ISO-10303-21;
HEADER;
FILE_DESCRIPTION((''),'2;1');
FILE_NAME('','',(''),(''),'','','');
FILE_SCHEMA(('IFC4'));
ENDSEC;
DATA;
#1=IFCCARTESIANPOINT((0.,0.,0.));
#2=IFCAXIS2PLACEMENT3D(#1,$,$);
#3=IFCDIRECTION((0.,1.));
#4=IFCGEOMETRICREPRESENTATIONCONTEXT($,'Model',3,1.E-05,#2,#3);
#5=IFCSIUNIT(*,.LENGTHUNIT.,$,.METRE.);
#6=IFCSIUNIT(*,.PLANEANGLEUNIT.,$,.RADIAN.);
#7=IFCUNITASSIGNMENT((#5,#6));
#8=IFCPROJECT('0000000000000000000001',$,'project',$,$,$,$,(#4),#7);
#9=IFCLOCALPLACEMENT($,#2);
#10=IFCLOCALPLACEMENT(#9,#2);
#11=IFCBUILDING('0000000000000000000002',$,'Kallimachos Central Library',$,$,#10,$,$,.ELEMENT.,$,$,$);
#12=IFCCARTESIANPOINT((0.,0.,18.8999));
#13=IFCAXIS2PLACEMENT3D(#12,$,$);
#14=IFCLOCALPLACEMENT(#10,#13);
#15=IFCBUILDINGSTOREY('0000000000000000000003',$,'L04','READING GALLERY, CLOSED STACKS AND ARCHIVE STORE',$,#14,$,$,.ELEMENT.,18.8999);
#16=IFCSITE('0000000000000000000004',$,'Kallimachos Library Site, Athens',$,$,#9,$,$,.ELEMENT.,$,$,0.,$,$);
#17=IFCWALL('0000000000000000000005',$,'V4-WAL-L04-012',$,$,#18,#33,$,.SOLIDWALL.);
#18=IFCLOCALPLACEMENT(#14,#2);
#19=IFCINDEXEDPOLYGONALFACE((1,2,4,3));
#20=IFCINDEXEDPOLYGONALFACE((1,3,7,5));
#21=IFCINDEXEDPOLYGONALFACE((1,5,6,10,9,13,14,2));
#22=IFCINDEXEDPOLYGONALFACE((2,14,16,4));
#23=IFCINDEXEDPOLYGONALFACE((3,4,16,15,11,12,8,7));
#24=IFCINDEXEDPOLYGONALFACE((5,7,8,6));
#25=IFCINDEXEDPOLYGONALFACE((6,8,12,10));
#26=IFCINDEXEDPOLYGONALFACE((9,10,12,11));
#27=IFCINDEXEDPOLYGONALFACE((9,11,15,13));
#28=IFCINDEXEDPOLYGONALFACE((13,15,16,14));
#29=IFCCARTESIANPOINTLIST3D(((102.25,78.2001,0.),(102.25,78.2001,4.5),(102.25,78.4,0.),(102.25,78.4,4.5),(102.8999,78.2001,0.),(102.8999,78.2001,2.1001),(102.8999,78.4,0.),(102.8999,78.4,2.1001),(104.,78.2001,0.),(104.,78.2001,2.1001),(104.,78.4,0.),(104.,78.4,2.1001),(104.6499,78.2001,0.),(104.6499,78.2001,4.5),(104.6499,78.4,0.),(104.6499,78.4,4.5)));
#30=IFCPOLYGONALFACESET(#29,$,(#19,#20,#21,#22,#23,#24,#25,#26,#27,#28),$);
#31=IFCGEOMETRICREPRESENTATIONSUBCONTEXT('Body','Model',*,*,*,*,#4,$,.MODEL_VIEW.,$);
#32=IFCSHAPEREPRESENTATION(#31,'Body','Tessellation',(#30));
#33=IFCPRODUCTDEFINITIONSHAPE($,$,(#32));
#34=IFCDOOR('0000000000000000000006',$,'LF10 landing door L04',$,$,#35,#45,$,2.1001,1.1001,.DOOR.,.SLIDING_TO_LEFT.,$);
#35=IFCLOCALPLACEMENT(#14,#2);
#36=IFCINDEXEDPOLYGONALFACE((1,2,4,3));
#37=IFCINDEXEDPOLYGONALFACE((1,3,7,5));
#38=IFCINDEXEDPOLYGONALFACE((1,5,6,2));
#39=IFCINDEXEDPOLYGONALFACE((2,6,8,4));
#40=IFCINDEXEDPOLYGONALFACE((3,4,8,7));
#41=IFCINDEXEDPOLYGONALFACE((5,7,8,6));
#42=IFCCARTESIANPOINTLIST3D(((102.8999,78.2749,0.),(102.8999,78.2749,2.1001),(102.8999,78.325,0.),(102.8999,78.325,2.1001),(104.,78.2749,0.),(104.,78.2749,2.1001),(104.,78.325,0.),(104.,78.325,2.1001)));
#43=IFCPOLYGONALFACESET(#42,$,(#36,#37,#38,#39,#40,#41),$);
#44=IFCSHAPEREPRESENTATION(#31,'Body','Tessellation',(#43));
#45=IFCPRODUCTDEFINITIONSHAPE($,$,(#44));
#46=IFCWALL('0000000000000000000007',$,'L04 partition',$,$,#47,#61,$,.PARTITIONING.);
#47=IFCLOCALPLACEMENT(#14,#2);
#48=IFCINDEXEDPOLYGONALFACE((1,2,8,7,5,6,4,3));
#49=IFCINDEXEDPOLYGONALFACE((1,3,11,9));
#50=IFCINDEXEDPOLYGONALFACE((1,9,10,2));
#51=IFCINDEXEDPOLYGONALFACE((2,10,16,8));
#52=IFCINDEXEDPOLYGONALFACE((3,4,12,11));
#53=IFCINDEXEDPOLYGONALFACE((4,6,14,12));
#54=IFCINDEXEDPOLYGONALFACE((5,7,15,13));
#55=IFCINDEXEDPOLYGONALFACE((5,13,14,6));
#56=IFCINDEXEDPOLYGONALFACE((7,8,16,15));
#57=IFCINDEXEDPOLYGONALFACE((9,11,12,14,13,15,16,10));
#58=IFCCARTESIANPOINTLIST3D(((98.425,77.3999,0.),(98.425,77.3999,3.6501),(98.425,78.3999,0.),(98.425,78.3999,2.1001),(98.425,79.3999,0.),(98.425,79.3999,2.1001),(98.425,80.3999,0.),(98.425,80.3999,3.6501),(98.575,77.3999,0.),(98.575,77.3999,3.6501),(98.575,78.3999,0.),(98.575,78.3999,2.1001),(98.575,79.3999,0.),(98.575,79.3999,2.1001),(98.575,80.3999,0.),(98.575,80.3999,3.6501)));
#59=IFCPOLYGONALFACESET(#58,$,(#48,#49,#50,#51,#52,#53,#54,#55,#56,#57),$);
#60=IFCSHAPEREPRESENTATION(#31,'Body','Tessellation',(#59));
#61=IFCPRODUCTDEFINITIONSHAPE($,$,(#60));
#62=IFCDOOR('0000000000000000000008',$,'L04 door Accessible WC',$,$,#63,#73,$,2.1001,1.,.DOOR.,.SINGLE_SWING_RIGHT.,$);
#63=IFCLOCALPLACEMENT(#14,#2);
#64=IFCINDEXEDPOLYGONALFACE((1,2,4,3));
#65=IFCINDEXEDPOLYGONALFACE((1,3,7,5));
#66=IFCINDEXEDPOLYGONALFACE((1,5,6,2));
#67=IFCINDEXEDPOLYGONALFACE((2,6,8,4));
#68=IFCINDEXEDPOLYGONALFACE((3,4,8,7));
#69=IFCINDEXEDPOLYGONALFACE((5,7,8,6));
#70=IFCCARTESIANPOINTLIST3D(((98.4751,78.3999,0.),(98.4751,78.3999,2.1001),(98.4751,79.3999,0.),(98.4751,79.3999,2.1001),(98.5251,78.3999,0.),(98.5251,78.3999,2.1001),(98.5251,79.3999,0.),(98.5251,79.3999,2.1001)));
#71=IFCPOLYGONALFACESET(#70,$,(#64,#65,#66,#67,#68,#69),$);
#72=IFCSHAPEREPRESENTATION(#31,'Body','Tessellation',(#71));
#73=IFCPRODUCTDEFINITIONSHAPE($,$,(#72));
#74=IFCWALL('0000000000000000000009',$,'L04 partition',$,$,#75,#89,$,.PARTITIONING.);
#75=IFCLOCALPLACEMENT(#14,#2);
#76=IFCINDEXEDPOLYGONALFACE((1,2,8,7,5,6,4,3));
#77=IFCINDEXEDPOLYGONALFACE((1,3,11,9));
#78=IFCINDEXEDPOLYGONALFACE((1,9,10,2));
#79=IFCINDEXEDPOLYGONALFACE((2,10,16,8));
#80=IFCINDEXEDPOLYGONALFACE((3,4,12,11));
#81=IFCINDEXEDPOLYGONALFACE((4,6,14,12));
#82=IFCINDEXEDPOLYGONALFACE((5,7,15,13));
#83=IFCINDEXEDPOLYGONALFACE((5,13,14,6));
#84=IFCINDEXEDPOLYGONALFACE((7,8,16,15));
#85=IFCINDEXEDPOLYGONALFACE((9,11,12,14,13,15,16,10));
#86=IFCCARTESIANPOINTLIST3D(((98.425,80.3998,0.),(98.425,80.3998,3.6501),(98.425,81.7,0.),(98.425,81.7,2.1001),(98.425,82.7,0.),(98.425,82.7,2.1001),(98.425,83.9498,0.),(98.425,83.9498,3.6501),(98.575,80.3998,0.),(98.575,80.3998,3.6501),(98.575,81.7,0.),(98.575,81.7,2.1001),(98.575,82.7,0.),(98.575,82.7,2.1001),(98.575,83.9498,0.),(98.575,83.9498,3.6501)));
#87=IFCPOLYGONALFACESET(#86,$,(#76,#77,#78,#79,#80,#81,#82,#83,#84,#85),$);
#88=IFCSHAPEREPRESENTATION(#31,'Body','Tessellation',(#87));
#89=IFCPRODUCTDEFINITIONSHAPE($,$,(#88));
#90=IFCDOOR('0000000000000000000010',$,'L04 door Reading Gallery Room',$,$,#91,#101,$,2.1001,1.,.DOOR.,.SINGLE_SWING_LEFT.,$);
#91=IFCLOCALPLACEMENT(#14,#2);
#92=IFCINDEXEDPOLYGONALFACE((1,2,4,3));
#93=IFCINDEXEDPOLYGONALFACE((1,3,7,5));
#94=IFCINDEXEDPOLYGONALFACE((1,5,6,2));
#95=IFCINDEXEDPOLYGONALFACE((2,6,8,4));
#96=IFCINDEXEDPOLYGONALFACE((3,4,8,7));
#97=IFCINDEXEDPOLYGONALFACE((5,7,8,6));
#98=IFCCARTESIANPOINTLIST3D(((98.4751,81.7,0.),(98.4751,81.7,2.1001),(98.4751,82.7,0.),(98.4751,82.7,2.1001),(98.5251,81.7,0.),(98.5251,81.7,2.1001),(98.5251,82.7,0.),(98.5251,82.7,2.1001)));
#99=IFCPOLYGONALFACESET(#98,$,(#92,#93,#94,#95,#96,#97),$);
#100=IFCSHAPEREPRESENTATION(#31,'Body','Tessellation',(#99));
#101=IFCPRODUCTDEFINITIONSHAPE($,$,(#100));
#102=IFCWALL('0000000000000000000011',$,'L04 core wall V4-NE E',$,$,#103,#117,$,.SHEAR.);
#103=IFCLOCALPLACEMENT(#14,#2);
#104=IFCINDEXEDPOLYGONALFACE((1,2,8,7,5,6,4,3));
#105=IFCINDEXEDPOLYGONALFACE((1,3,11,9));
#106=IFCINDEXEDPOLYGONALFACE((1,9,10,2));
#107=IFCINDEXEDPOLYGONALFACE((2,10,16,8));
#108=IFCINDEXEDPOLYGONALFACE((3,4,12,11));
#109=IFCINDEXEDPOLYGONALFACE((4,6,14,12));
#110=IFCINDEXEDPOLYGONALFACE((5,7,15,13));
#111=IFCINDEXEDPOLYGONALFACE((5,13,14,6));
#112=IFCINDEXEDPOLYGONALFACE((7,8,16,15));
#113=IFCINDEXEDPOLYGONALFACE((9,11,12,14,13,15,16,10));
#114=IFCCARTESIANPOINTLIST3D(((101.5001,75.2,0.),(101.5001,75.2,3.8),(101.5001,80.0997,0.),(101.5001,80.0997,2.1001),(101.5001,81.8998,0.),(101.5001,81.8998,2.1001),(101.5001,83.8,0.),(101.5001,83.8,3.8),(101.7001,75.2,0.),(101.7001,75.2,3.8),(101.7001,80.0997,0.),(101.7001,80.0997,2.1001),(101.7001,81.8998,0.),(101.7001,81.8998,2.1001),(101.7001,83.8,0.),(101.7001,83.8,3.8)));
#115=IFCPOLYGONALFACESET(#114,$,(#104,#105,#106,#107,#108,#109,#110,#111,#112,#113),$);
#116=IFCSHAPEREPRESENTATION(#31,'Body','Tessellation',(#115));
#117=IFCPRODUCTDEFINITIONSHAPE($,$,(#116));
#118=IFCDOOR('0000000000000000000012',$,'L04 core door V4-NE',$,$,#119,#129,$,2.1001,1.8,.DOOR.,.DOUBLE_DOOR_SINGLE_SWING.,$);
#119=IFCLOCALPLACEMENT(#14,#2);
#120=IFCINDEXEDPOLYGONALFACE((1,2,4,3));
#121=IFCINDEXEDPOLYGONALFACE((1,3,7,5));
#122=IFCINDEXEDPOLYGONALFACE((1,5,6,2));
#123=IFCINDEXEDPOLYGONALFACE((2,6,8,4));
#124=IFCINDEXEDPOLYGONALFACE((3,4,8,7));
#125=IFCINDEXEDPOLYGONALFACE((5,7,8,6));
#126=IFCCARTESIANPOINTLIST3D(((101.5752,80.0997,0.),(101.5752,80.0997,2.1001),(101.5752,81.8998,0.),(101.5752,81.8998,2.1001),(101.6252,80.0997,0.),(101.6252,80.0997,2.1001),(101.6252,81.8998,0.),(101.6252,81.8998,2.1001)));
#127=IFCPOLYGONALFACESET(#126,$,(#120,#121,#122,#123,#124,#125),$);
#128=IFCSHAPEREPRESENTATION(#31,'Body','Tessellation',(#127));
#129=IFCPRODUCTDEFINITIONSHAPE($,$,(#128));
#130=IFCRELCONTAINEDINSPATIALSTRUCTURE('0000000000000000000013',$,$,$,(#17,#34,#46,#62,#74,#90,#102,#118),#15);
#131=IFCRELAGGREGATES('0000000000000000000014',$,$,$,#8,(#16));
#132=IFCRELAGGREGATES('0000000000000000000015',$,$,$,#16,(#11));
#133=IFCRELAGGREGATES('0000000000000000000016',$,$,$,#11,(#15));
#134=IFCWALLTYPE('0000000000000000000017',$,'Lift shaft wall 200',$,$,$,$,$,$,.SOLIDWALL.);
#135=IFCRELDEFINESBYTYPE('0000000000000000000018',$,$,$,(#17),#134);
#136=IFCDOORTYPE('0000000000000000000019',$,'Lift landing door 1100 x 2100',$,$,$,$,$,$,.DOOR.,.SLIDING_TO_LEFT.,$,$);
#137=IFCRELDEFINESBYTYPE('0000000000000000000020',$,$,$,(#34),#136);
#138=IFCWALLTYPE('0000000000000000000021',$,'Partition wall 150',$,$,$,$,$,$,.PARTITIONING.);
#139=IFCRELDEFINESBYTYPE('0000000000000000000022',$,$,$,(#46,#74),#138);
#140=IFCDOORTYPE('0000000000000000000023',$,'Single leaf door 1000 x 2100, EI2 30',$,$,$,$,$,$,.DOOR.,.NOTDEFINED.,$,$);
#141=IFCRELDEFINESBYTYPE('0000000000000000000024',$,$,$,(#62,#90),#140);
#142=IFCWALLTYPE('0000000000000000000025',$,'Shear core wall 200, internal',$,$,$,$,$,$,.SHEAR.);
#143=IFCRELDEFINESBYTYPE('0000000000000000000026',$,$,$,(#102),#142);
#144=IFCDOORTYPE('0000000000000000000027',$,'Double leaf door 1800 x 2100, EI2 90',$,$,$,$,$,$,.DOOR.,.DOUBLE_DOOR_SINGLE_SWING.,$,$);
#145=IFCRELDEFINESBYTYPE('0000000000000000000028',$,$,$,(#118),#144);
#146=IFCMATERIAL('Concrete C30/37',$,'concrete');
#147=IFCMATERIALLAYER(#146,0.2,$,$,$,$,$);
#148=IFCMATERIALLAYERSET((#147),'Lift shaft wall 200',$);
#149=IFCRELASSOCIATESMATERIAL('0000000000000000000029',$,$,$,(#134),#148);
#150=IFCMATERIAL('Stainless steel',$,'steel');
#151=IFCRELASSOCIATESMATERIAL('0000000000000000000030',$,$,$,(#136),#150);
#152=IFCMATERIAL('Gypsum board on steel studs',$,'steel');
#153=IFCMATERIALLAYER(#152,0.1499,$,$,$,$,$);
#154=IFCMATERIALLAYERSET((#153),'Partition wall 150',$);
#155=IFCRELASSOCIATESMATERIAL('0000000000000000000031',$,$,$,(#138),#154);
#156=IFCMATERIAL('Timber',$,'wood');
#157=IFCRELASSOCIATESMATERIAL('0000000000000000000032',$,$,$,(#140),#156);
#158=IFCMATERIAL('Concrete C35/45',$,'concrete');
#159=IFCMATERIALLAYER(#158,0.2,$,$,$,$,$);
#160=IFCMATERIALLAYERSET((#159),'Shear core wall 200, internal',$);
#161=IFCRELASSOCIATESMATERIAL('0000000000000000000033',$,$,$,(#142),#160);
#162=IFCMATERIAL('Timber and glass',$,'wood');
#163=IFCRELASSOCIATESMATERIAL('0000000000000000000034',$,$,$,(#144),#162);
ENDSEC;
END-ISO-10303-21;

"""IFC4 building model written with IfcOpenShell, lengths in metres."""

from ifc_helpers import new_model, si_unit, direction, frame, frame_2d, origin, place, context, subcontext, project, spatial, rectangle, extrude, material, layer, layer_set, type_object, element, fill, save


model = new_model("IFC4")

# Units and contexts
model_context = context("Model", 3, precision=1e-05, world=origin(), true_north=direction((0.0, 1.0)))
body_context = subcontext(model_context, "Body", "Model", "MODEL_VIEW")
ifc_project = project(units=[si_unit("LENGTHUNIT", "METRE"), si_unit("PLANEANGLEUNIT", "RADIAN")], contexts=[model_context])

# Site, building, storey
site_placement = place(None, origin())
site = spatial("IfcSite", under=ifc_project, at=site_placement, Name="Kallimachos Library Site, Athens", CompositionType="ELEMENT", RefElevation=0.0)
building_placement = place(site_placement, origin())
building = spatial("IfcBuilding", under=site, at=building_placement, Name="Kallimachos Central Library", CompositionType="ELEMENT")
storey_placement = place(building_placement, frame((0.0, 0.0, 18.8999)))
storey = spatial("IfcBuildingStorey", under=building, at=storey_placement, Name="L04", Description="READING GALLERY, CLOSED STACKS AND ARCHIVE STORE", CompositionType="ELEMENT", Elevation=18.8999)

# Walls, openings, doors
ifc_material_1 = material(Name="Concrete C30/37", Category="concrete")
ifc_layer_1 = layer(ifc_material_1, 0.2)
ifc_layer_set_1 = layer_set([ifc_layer_1], Name="Lift shaft wall 200")
wall_type_1 = type_object("IfcWallType", Name="Lift shaft wall 200", PredefinedType="SOLIDWALL", material=ifc_layer_set_1)
ifc_material_2 = material(Name="Stainless steel", Category="steel")
door_type_1 = type_object("IfcDoorType", Name="Lift landing door 1100 x 2100", OperationType="SLIDING_TO_LEFT", PredefinedType="DOOR", material=ifc_material_2)
wall_1_placement = place(storey_placement, frame((102.25, 78.3, 0.0), z_axis=(0.0, 0.0, 1.0), x_axis=(1.0, 0.0, 0.0)))
wall_1 = element("IfcWall", 1, at=wall_1_placement, inside=storey, type_object=wall_type_1, Name="V4-WAL-L04-012", PredefinedType="SOLIDWALL", context=body_context, shape_type="SweptSolid", body=[
    extrude(rectangle(XDim=2.3999, YDim=0.2, at=frame_2d((1.2, 0.0))), origin(), (0.0, 0.0, 1.0), 4.5),
])
opening_1_placement = place(wall_1_placement, frame((0.6499, 0.0, 0.0)))
opening_1 = element("IfcOpeningElement", 2, at=opening_1_placement, cuts=wall_1, PredefinedType="OPENING", context=body_context, shape_type="SweptSolid", body=[
    extrude(rectangle(XDim=1.1001, YDim=2.1001, at=frame_2d((0.55, 1.05))), frame((0.0, 0.1099, 0.0), z_axis=(0.0, -1.0, 0.0), x_axis=(1.0, 0.0, 0.0)), (0.0, 0.0, 1.0), 0.22),
])
door_1_placement = place(opening_1_placement, origin())
door_1 = element("IfcDoor", 3, at=door_1_placement, inside=storey, type_object=door_type_1, Name="LF10 landing door L04", OperationType="SLIDING_TO_LEFT", OverallHeight=2.1001, OverallWidth=1.1001, PredefinedType="DOOR", context=body_context, shape_type="SweptSolid", body=[
    extrude(rectangle(XDim=1.1001, YDim=2.1001, at=frame_2d((0.55, 1.05))), frame((0.0, 0.0249, 0.0), z_axis=(0.0, -1.0, 0.0), x_axis=(1.0, 0.0, 0.0)), (0.0, 0.0, 1.0), 0.05),
])
fill(opening_1, door_1)
ifc_material_3 = material(Name="Gypsum board on steel studs", Category="steel")
ifc_layer_2 = layer(ifc_material_3, 0.1499)
ifc_layer_set_2 = layer_set([ifc_layer_2], Name="Partition wall 150")
wall_type_2 = type_object("IfcWallType", Name="Partition wall 150", PredefinedType="PARTITIONING", material=ifc_layer_set_2)
wall_2_placement = place(storey_placement, frame((98.5, 77.3999, 0.0), z_axis=(0.0, 0.0, 1.0), x_axis=(0.0, 1.0, 0.0)))
wall_2 = element("IfcWall", 4, at=wall_2_placement, inside=storey, type_object=wall_type_2, Name="L04 partition", PredefinedType="PARTITIONING", context=body_context, shape_type="SweptSolid", body=[
    extrude(rectangle(XDim=3.0, YDim=0.1499, at=frame_2d((1.5, 0.0))), origin(), (0.0, 0.0, 1.0), 3.6501),
])
opening_2_placement = place(wall_2_placement, frame((1.0, 0.0, 0.0)))
opening_2 = element("IfcOpeningElement", 5, at=opening_2_placement, cuts=wall_2, PredefinedType="OPENING", context=body_context, shape_type="SweptSolid", body=[
    extrude(rectangle(XDim=1.0, YDim=2.1001, at=frame_2d((0.5, 1.05))), frame((0.0, 0.085, 0.0), z_axis=(0.0, -1.0, 0.0), x_axis=(1.0, 0.0, 0.0)), (0.0, 0.0, 1.0), 0.1699),
])
ifc_material_4 = material(Name="Timber", Category="wood")
door_type_2 = type_object("IfcDoorType", Name="Single leaf door 1000 x 2100, EI2 30", OperationType="NOTDEFINED", PredefinedType="DOOR", material=ifc_material_4)
door_2_placement = place(opening_2_placement, origin())
door_2 = element("IfcDoor", 6, at=door_2_placement, inside=storey, type_object=door_type_2, Name="L04 door Accessible WC", OperationType="SINGLE_SWING_RIGHT", OverallHeight=2.1001, OverallWidth=1.0, PredefinedType="DOOR", context=body_context, shape_type="SweptSolid", body=[
    extrude(rectangle(XDim=1.0, YDim=2.1001, at=frame_2d((0.5, 1.05))), frame((0.0, 0.0249, 0.0), z_axis=(0.0, -1.0, 0.0), x_axis=(1.0, 0.0, 0.0)), (0.0, 0.0, 1.0), 0.05),
])
fill(opening_2, door_2)
wall_3_placement = place(storey_placement, frame((98.5, 80.3999, 0.0), z_axis=(0.0, 0.0, 1.0), x_axis=(0.0, 1.0, 0.0)))
wall_3 = element("IfcWall", 7, at=wall_3_placement, inside=storey, type_object=wall_type_2, Name="L04 partition", PredefinedType="PARTITIONING", context=body_context, shape_type="SweptSolid", body=[
    extrude(rectangle(XDim=3.55, YDim=0.1499, at=frame_2d((1.7749, 0.0))), origin(), (0.0, 0.0, 1.0), 3.6501),
])
opening_3_placement = place(wall_3_placement, frame((1.3, 0.0, 0.0)))
opening_3 = element("IfcOpeningElement", 8, at=opening_3_placement, cuts=wall_3, PredefinedType="OPENING", context=body_context, shape_type="SweptSolid", body=[
    extrude(rectangle(XDim=1.0, YDim=2.1001, at=frame_2d((0.5, 1.05))), frame((0.0, 0.085, 0.0), z_axis=(0.0, -1.0, 0.0), x_axis=(1.0, 0.0, 0.0)), (0.0, 0.0, 1.0), 0.1699),
])
door_3_placement = place(opening_3_placement, origin())
door_3 = element("IfcDoor", 9, at=door_3_placement, inside=storey, type_object=door_type_2, Name="L04 door Reading Gallery Room", OperationType="SINGLE_SWING_LEFT", OverallHeight=2.1001, OverallWidth=1.0, PredefinedType="DOOR", context=body_context, shape_type="SweptSolid", body=[
    extrude(rectangle(XDim=1.0, YDim=2.1001, at=frame_2d((0.5, 1.05))), frame((0.0, 0.0249, 0.0), z_axis=(0.0, -1.0, 0.0), x_axis=(1.0, 0.0, 0.0)), (0.0, 0.0, 1.0), 0.05),
])
fill(opening_3, door_3)
ifc_material_5 = material(Name="Concrete C35/45", Category="concrete")
ifc_layer_3 = layer(ifc_material_5, 0.2)
ifc_layer_set_3 = layer_set([ifc_layer_3], Name="Shear core wall 200, internal")
wall_type_3 = type_object("IfcWallType", Name="Shear core wall 200, internal", PredefinedType="SHEAR", material=ifc_layer_set_3)
wall_4_placement = place(storey_placement, frame((101.6001, 75.2, 0.0), z_axis=(0.0, 0.0, 1.0), x_axis=(0.0, 1.0, 0.0)))
wall_4 = element("IfcWall", 10, at=wall_4_placement, inside=storey, type_object=wall_type_3, Name="L04 core wall V4-NE E", PredefinedType="SHEAR", context=body_context, shape_type="SweptSolid", body=[
    extrude(rectangle(XDim=8.6001, YDim=0.2, at=frame_2d((4.3, 0.0))), origin(), (0.0, 0.0, 1.0), 3.8),
])
opening_4_placement = place(wall_4_placement, frame((4.8999, 0.0, 0.0)))
opening_4 = element("IfcOpeningElement", 11, at=opening_4_placement, cuts=wall_4, PredefinedType="OPENING", context=body_context, shape_type="SweptSolid", body=[
    extrude(rectangle(XDim=1.8, YDim=2.1001, at=frame_2d((0.8999, 1.05))), frame((0.0, 0.1099, 0.0), z_axis=(0.0, -1.0, 0.0), x_axis=(1.0, 0.0, 0.0)), (0.0, 0.0, 1.0), 0.22),
])
ifc_material_6 = material(Name="Timber and glass", Category="wood")
door_type_3 = type_object("IfcDoorType", Name="Double leaf door 1800 x 2100, EI2 90", OperationType="DOUBLE_DOOR_SINGLE_SWING", PredefinedType="DOOR", material=ifc_material_6)
door_4_placement = place(opening_4_placement, origin())
door_4 = element("IfcDoor", 12, at=door_4_placement, inside=storey, type_object=door_type_3, Name="L04 core door V4-NE", OperationType="DOUBLE_DOOR_SINGLE_SWING", OverallHeight=2.1001, OverallWidth=1.8, PredefinedType="DOOR", context=body_context, shape_type="SweptSolid", body=[
    extrude(rectangle(XDim=1.8, YDim=2.1001, at=frame_2d((0.8999, 1.05))), frame((0.0, 0.0249, 0.0), z_axis=(0.0, -1.0, 0.0), x_axis=(1.0, 0.0, 0.0)), (0.0, 0.0, 1.0), 0.05),
])
fill(opening_4, door_4)

save(model, "model.ifc")
